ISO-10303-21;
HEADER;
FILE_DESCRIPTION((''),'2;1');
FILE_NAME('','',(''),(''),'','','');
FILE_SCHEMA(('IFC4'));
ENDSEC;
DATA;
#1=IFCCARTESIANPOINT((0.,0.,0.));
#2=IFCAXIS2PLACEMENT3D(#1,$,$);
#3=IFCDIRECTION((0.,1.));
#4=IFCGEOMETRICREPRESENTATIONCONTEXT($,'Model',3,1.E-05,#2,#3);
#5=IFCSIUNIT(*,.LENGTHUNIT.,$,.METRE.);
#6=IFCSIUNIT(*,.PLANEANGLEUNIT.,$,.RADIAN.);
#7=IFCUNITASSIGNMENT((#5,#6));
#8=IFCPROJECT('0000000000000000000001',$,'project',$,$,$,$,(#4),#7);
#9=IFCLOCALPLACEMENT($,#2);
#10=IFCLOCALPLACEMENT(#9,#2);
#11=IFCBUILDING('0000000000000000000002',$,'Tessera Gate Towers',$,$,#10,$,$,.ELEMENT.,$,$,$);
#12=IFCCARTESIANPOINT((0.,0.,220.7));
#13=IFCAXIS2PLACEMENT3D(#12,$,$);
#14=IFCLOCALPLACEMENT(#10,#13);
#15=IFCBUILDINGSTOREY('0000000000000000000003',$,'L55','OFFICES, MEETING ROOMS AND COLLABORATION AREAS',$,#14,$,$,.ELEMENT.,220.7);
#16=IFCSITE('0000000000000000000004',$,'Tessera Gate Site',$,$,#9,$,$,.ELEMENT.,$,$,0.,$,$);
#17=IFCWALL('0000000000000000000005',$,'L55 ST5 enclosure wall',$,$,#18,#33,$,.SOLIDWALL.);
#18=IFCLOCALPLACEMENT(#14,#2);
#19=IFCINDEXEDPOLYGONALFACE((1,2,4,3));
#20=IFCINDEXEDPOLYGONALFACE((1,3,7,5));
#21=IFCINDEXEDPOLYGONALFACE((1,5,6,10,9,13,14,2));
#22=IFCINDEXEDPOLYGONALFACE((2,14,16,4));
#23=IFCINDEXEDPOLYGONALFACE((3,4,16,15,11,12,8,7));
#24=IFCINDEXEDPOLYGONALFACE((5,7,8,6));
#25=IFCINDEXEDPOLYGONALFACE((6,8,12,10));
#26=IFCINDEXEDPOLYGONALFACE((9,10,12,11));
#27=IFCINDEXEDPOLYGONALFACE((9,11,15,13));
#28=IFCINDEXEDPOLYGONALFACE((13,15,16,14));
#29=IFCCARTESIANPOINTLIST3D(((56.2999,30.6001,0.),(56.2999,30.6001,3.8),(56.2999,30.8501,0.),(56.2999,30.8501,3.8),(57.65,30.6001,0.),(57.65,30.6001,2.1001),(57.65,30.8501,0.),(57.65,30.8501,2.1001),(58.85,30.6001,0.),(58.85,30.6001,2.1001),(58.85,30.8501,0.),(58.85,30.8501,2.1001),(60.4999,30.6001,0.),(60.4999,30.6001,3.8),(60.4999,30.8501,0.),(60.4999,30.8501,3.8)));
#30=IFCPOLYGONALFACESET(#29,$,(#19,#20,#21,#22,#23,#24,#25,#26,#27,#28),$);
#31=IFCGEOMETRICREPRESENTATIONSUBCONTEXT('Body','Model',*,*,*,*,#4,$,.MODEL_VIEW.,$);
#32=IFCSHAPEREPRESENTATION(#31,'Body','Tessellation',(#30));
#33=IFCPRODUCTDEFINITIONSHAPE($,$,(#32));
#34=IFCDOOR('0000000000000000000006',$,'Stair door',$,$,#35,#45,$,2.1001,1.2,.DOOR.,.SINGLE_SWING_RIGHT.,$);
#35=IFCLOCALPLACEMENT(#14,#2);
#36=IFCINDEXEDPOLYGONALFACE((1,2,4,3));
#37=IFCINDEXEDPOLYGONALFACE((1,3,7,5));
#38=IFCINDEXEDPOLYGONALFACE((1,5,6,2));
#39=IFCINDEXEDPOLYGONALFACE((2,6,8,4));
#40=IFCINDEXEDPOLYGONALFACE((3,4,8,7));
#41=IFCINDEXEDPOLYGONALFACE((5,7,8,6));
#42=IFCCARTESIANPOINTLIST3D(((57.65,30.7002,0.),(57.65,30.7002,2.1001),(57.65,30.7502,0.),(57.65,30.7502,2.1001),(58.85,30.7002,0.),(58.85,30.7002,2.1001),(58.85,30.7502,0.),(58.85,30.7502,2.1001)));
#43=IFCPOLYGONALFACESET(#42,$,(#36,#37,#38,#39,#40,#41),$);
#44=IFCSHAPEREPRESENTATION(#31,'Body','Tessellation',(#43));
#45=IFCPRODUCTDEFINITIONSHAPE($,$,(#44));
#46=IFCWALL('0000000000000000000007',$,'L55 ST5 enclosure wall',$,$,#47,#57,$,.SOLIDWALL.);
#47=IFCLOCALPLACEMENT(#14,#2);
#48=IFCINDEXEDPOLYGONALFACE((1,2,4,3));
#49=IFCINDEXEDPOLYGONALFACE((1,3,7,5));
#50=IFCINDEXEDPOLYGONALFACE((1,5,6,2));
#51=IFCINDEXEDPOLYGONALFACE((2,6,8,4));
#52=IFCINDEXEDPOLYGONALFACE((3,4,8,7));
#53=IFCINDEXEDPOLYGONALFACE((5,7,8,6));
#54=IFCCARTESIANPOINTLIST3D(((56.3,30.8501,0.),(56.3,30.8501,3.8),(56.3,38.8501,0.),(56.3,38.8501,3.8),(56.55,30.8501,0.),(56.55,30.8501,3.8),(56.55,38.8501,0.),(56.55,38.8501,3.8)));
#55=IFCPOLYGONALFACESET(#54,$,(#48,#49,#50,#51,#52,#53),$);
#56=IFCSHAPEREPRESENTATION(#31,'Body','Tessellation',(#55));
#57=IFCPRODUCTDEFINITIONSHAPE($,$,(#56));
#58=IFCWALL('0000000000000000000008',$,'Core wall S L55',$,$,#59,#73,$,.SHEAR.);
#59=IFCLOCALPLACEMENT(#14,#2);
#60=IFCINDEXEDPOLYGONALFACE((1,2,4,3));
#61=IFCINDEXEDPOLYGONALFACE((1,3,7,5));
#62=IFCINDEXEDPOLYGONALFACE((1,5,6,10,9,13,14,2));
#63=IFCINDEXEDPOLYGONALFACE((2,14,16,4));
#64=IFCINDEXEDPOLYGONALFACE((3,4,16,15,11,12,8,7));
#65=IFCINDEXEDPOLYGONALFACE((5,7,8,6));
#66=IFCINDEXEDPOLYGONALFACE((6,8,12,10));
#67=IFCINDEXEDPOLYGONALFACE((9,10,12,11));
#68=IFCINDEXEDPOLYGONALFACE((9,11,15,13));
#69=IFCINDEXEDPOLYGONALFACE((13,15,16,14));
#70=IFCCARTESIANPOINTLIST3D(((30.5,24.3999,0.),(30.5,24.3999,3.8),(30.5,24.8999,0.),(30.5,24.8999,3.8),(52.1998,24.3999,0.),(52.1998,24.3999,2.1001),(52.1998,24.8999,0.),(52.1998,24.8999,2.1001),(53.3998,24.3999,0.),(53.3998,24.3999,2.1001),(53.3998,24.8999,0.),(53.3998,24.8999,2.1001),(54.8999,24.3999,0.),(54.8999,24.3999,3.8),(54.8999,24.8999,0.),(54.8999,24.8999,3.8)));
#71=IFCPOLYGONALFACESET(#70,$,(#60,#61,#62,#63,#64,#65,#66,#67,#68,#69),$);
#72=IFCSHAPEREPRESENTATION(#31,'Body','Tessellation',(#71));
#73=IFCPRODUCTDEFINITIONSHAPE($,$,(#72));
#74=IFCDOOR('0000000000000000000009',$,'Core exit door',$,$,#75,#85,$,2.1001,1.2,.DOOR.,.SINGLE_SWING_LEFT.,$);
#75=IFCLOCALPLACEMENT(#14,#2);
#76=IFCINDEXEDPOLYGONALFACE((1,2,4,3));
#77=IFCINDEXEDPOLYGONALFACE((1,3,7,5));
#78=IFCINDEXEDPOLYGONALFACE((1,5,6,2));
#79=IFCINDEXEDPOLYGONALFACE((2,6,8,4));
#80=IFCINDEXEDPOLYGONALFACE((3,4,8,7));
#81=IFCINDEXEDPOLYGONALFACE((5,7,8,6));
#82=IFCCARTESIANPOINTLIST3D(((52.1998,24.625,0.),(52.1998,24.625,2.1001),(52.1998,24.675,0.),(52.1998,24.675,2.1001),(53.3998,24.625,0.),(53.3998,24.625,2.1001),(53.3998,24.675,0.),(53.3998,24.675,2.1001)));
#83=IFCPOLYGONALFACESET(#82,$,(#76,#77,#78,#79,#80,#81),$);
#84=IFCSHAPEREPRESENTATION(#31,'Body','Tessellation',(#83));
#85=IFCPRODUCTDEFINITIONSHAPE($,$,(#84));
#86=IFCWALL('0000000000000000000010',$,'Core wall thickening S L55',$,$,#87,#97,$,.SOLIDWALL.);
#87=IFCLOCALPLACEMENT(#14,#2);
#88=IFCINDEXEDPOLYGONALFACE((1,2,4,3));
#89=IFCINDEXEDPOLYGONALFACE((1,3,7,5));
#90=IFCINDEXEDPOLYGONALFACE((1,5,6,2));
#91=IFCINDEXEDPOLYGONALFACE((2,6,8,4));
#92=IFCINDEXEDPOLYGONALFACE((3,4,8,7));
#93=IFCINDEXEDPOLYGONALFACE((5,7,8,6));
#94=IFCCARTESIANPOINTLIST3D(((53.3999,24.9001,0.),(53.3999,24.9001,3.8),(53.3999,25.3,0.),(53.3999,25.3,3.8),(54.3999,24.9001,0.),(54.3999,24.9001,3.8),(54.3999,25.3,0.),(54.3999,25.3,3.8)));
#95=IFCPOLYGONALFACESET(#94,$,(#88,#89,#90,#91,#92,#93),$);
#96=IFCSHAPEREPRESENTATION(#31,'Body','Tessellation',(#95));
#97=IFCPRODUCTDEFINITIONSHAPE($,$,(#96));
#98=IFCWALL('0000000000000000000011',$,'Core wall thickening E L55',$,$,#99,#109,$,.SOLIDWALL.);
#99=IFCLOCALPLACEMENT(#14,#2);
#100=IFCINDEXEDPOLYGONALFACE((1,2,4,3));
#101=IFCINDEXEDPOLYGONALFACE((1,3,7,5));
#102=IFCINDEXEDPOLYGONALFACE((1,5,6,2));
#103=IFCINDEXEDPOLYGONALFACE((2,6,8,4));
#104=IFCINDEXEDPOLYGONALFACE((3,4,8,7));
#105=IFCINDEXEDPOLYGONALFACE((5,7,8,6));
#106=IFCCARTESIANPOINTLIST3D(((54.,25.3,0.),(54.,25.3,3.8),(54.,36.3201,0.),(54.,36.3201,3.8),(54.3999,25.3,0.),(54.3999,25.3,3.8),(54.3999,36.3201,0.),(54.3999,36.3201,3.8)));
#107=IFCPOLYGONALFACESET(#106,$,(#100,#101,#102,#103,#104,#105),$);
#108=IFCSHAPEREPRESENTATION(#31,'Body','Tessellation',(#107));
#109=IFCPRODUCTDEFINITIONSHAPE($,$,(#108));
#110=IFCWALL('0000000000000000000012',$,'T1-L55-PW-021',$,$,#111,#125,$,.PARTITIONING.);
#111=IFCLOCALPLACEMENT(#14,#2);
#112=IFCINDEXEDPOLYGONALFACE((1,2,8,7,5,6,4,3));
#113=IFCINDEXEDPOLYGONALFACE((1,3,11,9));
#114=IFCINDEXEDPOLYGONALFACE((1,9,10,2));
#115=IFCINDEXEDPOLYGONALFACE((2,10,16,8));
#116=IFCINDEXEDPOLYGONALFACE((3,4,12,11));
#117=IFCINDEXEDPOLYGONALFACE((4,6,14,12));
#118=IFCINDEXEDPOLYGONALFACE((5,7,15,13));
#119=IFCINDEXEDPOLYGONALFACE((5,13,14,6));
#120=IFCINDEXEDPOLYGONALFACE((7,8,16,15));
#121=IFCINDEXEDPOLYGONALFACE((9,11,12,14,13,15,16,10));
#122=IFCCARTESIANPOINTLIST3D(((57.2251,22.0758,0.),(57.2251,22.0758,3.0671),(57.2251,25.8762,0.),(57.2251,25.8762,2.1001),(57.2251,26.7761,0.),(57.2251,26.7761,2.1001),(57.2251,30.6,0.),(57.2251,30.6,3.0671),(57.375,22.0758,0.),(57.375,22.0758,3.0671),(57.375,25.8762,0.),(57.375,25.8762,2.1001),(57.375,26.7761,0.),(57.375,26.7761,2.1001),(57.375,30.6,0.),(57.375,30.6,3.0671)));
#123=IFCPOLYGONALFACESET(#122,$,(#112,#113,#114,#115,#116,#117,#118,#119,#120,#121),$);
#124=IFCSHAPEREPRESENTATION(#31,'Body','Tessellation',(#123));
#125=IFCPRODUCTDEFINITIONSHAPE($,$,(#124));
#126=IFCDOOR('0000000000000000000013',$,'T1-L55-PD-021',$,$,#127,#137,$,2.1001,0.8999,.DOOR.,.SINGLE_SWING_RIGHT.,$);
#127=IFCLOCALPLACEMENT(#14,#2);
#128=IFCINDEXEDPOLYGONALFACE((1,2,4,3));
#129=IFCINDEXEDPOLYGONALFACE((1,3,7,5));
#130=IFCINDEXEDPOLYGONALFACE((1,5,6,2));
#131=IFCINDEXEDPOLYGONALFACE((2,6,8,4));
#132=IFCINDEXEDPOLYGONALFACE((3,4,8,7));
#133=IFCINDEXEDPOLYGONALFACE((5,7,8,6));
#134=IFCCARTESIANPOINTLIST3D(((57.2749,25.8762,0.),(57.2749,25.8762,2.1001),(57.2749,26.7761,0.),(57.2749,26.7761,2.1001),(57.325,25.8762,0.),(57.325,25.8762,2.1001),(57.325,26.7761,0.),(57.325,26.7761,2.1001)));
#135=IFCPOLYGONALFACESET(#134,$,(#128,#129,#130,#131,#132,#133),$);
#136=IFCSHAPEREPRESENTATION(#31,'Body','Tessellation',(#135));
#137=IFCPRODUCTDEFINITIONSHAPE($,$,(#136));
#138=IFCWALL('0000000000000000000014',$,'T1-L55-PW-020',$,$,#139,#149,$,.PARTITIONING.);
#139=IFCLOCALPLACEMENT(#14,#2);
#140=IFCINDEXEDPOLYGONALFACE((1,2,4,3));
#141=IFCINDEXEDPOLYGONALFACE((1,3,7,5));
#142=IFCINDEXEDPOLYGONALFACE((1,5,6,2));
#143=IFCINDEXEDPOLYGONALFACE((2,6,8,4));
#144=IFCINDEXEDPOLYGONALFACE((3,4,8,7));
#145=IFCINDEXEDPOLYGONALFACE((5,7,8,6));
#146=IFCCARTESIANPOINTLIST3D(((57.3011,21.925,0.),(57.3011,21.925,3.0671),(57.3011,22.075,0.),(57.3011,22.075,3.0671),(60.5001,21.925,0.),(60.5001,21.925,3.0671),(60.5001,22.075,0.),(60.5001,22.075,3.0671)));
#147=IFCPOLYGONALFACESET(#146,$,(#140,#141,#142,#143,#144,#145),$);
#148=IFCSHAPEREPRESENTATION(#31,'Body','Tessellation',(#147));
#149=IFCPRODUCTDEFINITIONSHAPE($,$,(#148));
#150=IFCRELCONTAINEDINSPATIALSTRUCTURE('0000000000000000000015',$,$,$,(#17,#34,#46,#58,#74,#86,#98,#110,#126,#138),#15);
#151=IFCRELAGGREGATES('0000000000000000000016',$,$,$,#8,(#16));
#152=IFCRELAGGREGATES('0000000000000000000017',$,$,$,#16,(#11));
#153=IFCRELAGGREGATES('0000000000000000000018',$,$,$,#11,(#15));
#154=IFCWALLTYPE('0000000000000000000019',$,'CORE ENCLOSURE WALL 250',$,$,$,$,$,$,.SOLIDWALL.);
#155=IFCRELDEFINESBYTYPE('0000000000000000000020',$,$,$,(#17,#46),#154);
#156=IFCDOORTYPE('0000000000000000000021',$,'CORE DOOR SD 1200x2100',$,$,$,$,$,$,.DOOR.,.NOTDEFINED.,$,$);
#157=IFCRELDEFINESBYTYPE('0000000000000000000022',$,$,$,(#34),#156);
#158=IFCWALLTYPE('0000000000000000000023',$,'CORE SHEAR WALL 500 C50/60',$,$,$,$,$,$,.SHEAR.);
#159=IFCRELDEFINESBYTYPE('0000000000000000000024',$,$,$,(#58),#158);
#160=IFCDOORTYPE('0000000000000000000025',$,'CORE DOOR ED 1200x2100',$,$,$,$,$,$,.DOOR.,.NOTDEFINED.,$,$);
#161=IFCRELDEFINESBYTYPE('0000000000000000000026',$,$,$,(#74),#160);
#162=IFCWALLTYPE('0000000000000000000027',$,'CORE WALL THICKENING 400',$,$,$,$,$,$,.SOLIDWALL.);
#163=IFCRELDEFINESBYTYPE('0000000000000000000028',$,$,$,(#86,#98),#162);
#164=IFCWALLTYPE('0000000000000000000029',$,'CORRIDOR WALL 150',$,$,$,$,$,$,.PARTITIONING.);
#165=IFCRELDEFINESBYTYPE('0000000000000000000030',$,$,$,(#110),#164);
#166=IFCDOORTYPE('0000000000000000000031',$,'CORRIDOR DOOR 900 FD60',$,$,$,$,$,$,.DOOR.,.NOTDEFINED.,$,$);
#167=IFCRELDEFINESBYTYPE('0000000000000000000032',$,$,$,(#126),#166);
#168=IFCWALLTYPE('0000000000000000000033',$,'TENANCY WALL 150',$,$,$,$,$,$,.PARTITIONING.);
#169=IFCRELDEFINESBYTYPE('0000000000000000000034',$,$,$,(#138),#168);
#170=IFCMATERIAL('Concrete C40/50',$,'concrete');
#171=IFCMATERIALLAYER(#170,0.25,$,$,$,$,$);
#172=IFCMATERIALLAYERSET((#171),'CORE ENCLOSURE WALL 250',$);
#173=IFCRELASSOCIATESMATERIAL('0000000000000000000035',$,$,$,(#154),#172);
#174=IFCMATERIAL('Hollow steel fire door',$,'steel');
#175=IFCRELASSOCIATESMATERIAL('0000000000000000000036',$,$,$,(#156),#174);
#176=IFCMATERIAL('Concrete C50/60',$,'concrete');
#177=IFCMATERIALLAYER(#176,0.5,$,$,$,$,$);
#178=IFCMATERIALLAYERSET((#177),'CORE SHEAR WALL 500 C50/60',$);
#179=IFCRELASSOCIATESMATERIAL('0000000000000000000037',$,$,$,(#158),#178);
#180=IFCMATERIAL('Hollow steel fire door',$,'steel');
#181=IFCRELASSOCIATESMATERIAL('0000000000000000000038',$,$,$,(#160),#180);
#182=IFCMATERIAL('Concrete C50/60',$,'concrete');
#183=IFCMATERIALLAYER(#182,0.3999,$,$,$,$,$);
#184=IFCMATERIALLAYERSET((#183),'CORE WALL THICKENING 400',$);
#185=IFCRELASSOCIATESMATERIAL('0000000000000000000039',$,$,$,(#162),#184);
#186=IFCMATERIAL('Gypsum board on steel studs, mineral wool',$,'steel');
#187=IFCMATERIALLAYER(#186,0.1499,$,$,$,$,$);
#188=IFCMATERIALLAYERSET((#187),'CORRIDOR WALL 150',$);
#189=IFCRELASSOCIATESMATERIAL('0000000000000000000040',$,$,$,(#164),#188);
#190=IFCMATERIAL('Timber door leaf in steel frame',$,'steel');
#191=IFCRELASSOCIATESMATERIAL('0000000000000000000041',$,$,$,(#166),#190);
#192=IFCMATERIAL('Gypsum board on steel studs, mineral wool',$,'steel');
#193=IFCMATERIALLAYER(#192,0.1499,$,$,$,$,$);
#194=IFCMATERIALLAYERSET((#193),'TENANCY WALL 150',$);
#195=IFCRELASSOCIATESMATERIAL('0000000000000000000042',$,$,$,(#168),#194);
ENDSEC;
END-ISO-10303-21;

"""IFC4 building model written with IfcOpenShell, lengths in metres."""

from ifc_helpers import new_model, si_unit, direction, frame, frame_2d, origin, place, context, subcontext, project, spatial, rectangle, extrude, source, transform, mapped, material, layer, layer_set, type_object, element, fill, save


model = new_model("IFC4")

# Units and contexts
model_context = context("Model", 3, precision=1e-05, world=origin(), true_north=direction((0.0, 1.0)))
body_context = subcontext(model_context, "Body", "Model", "MODEL_VIEW")
ifc_project = project(units=[si_unit("LENGTHUNIT", "METRE"), si_unit("PLANEANGLEUNIT", "RADIAN")], contexts=[model_context])

# Site, building, storey
site_placement = place(None, origin())
site = spatial("IfcSite", under=ifc_project, at=site_placement, Name="Tessera Gate Site", CompositionType="ELEMENT", RefElevation=0.0)
building_placement = place(site_placement, origin())
building = spatial("IfcBuilding", under=site, at=building_placement, Name="Tessera Gate Towers", CompositionType="ELEMENT")
storey_placement = place(building_placement, frame((0.0, 0.0, 220.7)))
storey = spatial("IfcBuildingStorey", under=building, at=storey_placement, Name="L55", Description="OFFICES, MEETING ROOMS AND COLLABORATION AREAS", CompositionType="ELEMENT", Elevation=220.7)

# Wall, opening, door
ifc_material_1 = material(Name="Concrete C40/50", Category="concrete")
ifc_layer_1 = layer(ifc_material_1, 0.25)
ifc_layer_set_1 = layer_set([ifc_layer_1], Name="CORE ENCLOSURE WALL 250")
wall_type_1 = type_object("IfcWallType", Name="CORE ENCLOSURE WALL 250", PredefinedType="SOLIDWALL", material=ifc_layer_set_1)
shared_shape_1 = source(origin(), body_context, "Body", "SweptSolid", [
    extrude(rectangle(XDim=1.2, YDim=2.1001, at=frame_2d((0.6001, 1.05))), frame((0.0, 0.135, 0.0), z_axis=(0.0, -1.0, 0.0), x_axis=(1.0, 0.0, 0.0)), (0.0, 0.0, 1.0), 0.27),
])
ifc_material_2 = material(Name="Hollow steel fire door", Category="steel")
door_type_1 = type_object("IfcDoorType", Name="CORE DOOR SD 1200x2100", OperationType="NOTDEFINED", PredefinedType="DOOR", material=ifc_material_2)
shared_shape_2 = source(origin(), body_context, "Body", "SweptSolid", [
    extrude(rectangle(XDim=1.2, YDim=2.1001, at=frame_2d((0.6001, 1.05))), frame((0.0, 0.0249, 0.0), z_axis=(0.0, -1.0, 0.0), x_axis=(1.0, 0.0, 0.0)), (0.0, 0.0, 1.0), 0.05),
])
wall_1_placement = place(storey_placement, frame((60.5, 30.7251, 0.0), z_axis=(0.0, 0.0, 1.0), x_axis=(-1.0, 0.0, 0.0)))
wall_1 = element("IfcWall", 1, at=wall_1_placement, inside=storey, type_object=wall_type_1, Name="L55 ST5 enclosure wall", PredefinedType="SOLIDWALL", context=body_context, shape_type="SweptSolid", body=[
    extrude(rectangle(XDim=4.2, YDim=0.25, at=frame_2d((2.1001, 0.0))), origin(), (0.0, 0.0, 1.0), 3.8),
])
opening_1_placement = place(wall_1_placement, frame((1.6499, 0.0, 0.0)))
opening_1 = element("IfcOpeningElement", 2, at=opening_1_placement, cuts=wall_1, PredefinedType="OPENING", context=body_context, shape_type="MappedRepresentation", body=[
    mapped(shared_shape_1, transform((0.0, 0.0, 0.0), scale=1.0)),
])
door_1_placement = place(opening_1_placement, origin())
door_1 = element("IfcDoor", 3, at=door_1_placement, inside=storey, type_object=door_type_1, Name="Stair door", OperationType="SINGLE_SWING_RIGHT", OverallHeight=2.1001, OverallWidth=1.2, PredefinedType="DOOR", context=body_context, shape_type="MappedRepresentation", body=[
    mapped(shared_shape_2, transform((0.0, 0.0, 0.0), scale=1.0)),
])
fill(opening_1, door_1)

# Wall
wall_2_placement = place(storey_placement, frame((56.425, 30.8501, 0.0), z_axis=(0.0, 0.0, 1.0), x_axis=(0.0, 1.0, 0.0)))
element("IfcWall", 4, at=wall_2_placement, inside=storey, type_object=wall_type_1, Name="L55 ST5 enclosure wall", PredefinedType="SOLIDWALL", context=body_context, shape_type="SweptSolid", body=[
    extrude(rectangle(XDim=8.0, YDim=0.25, at=frame_2d((4.0, 0.0))), origin(), (0.0, 0.0, 1.0), 3.8),
])

# Wall, opening, door
ifc_material_3 = material(Name="Concrete C50/60", Category="concrete")
ifc_layer_2 = layer(ifc_material_3, 0.5)
ifc_layer_set_2 = layer_set([ifc_layer_2], Name="CORE SHEAR WALL 500 C50/60")
wall_type_2 = type_object("IfcWallType", Name="CORE SHEAR WALL 500 C50/60", PredefinedType="SHEAR", material=ifc_layer_set_2)
wall_3_placement = place(storey_placement, frame((54.8999, 24.6499, 0.0), z_axis=(0.0, 0.0, 1.0), x_axis=(-1.0, 0.0, 0.0)))
wall_3 = element("IfcWall", 5, at=wall_3_placement, inside=storey, type_object=wall_type_2, Name="Core wall S L55", PredefinedType="SHEAR", context=body_context, shape_type="SweptSolid", body=[
    extrude(rectangle(XDim=24.3999, YDim=0.5, at=frame_2d((12.2, 0.0))), origin(), (0.0, 0.0, 1.0), 3.8),
])
shared_shape_3 = source(origin(), body_context, "Body", "SweptSolid", [
    extrude(rectangle(XDim=1.2, YDim=2.1001, at=frame_2d((0.6001, 1.05))), frame((0.0, 0.26, 0.0), z_axis=(0.0, -1.0, 0.0), x_axis=(1.0, 0.0, 0.0)), (0.0, 0.0, 1.0), 0.52),
])
opening_2_placement = place(wall_3_placement, frame((1.5, 0.0, 0.0)))
opening_2 = element("IfcOpeningElement", 6, at=opening_2_placement, cuts=wall_3, PredefinedType="OPENING", context=body_context, shape_type="MappedRepresentation", body=[
    mapped(shared_shape_3, transform((0.0, 0.0, 0.0), scale=1.0)),
])
ifc_material_4 = material(Name="Hollow steel fire door", Category="steel")
door_type_2 = type_object("IfcDoorType", Name="CORE DOOR ED 1200x2100", OperationType="NOTDEFINED", PredefinedType="DOOR", material=ifc_material_4)
door_2_placement = place(opening_2_placement, origin())
door_2 = element("IfcDoor", 7, at=door_2_placement, inside=storey, type_object=door_type_2, Name="Core exit door", OperationType="SINGLE_SWING_LEFT", OverallHeight=2.1001, OverallWidth=1.2, PredefinedType="DOOR", context=body_context, shape_type="MappedRepresentation", body=[
    mapped(shared_shape_2, transform((0.0, 0.0, 0.0), scale=1.0)),
])
fill(opening_2, door_2)

# Walls
ifc_material_5 = material(Name="Concrete C50/60", Category="concrete")
ifc_layer_3 = layer(ifc_material_5, 0.3999)
ifc_layer_set_3 = layer_set([ifc_layer_3], Name="CORE WALL THICKENING 400")
wall_type_3 = type_object("IfcWallType", Name="CORE WALL THICKENING 400", PredefinedType="SOLIDWALL", material=ifc_layer_set_3)
wall_4_placement = place(storey_placement, frame((53.3999, 25.1001, 0.0), z_axis=(0.0, 0.0, 1.0), x_axis=(1.0, 0.0, 0.0)))
element("IfcWall", 8, at=wall_4_placement, inside=storey, type_object=wall_type_3, Name="Core wall thickening S L55", PredefinedType="SOLIDWALL", context=body_context, shape_type="SweptSolid", body=[
    extrude(rectangle(XDim=1.0, YDim=0.3999, at=frame_2d((0.5, 0.0))), origin(), (0.0, 0.0, 1.0), 3.8),
])
wall_5_placement = place(storey_placement, frame((54.2, 25.3, 0.0), z_axis=(0.0, 0.0, 1.0), x_axis=(0.0, 1.0, 0.0)))
element("IfcWall", 9, at=wall_5_placement, inside=storey, type_object=wall_type_3, Name="Core wall thickening E L55", PredefinedType="SOLIDWALL", context=body_context, shape_type="SweptSolid", body=[
    extrude(rectangle(XDim=11.02, YDim=0.3999, at=frame_2d((5.51, 0.0))), origin(), (0.0, 0.0, 1.0), 3.8),
])

# Wall, opening, door
ifc_material_6 = material(Name="Gypsum board on steel studs, mineral wool", Category="steel")
ifc_layer_4 = layer(ifc_material_6, 0.1499)
ifc_layer_set_4 = layer_set([ifc_layer_4], Name="CORRIDOR WALL 150")
wall_type_4 = type_object("IfcWallType", Name="CORRIDOR WALL 150", PredefinedType="PARTITIONING", material=ifc_layer_set_4)
wall_6_placement = place(storey_placement, frame((57.3, 30.6001, 0.0), z_axis=(0.0, 0.0, 1.0), x_axis=(0.0, -1.0, 0.0)))
wall_6 = element("IfcWall", 10, at=wall_6_placement, inside=storey, type_object=wall_type_4, Name="T1-L55-PW-021", PredefinedType="PARTITIONING", context=body_context, shape_type="SweptSolid", body=[
    extrude(rectangle(XDim=8.5242, YDim=0.1499, at=frame_2d((4.2622, 0.0))), origin(), (0.0, 0.0, 1.0), 3.0671),
])
shared_shape_4 = source(origin(), body_context, "Body", "SweptSolid", [
    extrude(rectangle(XDim=0.8999, YDim=2.1001, at=frame_2d((0.45, 1.05))), frame((0.0, 0.085, 0.0), z_axis=(0.0, -1.0, 0.0), x_axis=(1.0, 0.0, 0.0)), (0.0, 0.0, 1.0), 0.1699),
])
opening_3_placement = place(wall_6_placement, frame((3.824, 0.0, 0.0)))
opening_3 = element("IfcOpeningElement", 11, at=opening_3_placement, cuts=wall_6, PredefinedType="OPENING", context=body_context, shape_type="MappedRepresentation", body=[
    mapped(shared_shape_4, transform((0.0, 0.0, 0.0), scale=1.0)),
])
ifc_material_7 = material(Name="Timber door leaf in steel frame", Category="steel")
door_type_3 = type_object("IfcDoorType", Name="CORRIDOR DOOR 900 FD60", OperationType="NOTDEFINED", PredefinedType="DOOR", material=ifc_material_7)
shared_shape_5 = source(origin(), body_context, "Body", "SweptSolid", [
    extrude(rectangle(XDim=0.8999, YDim=2.1001, at=frame_2d((0.45, 1.05))), frame((0.0, 0.0249, 0.0), z_axis=(0.0, -1.0, 0.0), x_axis=(1.0, 0.0, 0.0)), (0.0, 0.0, 1.0), 0.05),
])
door_3_placement = place(opening_3_placement, origin())
door_3 = element("IfcDoor", 12, at=door_3_placement, inside=storey, type_object=door_type_3, Name="T1-L55-PD-021", OperationType="SINGLE_SWING_RIGHT", OverallHeight=2.1001, OverallWidth=0.8999, PredefinedType="DOOR", context=body_context, shape_type="MappedRepresentation", body=[
    mapped(shared_shape_5, transform((0.0, 0.0, 0.0), scale=1.0)),
])
fill(opening_3, door_3)

# Wall
ifc_material_8 = material(Name="Gypsum board on steel studs, mineral wool", Category="steel")
ifc_layer_5 = layer(ifc_material_8, 0.1499)
ifc_layer_set_5 = layer_set([ifc_layer_5], Name="TENANCY WALL 150")
wall_type_5 = type_object("IfcWallType", Name="TENANCY WALL 150", PredefinedType="PARTITIONING", material=ifc_layer_set_5)
wall_7_placement = place(storey_placement, frame((57.301, 22.0, 0.0), z_axis=(0.0, 0.0, 1.0), x_axis=(1.0, 0.0, 0.0)))
element("IfcWall", 13, at=wall_7_placement, inside=storey, type_object=wall_type_5, Name="T1-L55-PW-020", PredefinedType="PARTITIONING", context=body_context, shape_type="SweptSolid", body=[
    extrude(rectangle(XDim=3.199, YDim=0.1499, at=frame_2d((1.5996, 0.0))), origin(), (0.0, 0.0, 1.0), 3.0671),
])

save(model, "model.ifc")
